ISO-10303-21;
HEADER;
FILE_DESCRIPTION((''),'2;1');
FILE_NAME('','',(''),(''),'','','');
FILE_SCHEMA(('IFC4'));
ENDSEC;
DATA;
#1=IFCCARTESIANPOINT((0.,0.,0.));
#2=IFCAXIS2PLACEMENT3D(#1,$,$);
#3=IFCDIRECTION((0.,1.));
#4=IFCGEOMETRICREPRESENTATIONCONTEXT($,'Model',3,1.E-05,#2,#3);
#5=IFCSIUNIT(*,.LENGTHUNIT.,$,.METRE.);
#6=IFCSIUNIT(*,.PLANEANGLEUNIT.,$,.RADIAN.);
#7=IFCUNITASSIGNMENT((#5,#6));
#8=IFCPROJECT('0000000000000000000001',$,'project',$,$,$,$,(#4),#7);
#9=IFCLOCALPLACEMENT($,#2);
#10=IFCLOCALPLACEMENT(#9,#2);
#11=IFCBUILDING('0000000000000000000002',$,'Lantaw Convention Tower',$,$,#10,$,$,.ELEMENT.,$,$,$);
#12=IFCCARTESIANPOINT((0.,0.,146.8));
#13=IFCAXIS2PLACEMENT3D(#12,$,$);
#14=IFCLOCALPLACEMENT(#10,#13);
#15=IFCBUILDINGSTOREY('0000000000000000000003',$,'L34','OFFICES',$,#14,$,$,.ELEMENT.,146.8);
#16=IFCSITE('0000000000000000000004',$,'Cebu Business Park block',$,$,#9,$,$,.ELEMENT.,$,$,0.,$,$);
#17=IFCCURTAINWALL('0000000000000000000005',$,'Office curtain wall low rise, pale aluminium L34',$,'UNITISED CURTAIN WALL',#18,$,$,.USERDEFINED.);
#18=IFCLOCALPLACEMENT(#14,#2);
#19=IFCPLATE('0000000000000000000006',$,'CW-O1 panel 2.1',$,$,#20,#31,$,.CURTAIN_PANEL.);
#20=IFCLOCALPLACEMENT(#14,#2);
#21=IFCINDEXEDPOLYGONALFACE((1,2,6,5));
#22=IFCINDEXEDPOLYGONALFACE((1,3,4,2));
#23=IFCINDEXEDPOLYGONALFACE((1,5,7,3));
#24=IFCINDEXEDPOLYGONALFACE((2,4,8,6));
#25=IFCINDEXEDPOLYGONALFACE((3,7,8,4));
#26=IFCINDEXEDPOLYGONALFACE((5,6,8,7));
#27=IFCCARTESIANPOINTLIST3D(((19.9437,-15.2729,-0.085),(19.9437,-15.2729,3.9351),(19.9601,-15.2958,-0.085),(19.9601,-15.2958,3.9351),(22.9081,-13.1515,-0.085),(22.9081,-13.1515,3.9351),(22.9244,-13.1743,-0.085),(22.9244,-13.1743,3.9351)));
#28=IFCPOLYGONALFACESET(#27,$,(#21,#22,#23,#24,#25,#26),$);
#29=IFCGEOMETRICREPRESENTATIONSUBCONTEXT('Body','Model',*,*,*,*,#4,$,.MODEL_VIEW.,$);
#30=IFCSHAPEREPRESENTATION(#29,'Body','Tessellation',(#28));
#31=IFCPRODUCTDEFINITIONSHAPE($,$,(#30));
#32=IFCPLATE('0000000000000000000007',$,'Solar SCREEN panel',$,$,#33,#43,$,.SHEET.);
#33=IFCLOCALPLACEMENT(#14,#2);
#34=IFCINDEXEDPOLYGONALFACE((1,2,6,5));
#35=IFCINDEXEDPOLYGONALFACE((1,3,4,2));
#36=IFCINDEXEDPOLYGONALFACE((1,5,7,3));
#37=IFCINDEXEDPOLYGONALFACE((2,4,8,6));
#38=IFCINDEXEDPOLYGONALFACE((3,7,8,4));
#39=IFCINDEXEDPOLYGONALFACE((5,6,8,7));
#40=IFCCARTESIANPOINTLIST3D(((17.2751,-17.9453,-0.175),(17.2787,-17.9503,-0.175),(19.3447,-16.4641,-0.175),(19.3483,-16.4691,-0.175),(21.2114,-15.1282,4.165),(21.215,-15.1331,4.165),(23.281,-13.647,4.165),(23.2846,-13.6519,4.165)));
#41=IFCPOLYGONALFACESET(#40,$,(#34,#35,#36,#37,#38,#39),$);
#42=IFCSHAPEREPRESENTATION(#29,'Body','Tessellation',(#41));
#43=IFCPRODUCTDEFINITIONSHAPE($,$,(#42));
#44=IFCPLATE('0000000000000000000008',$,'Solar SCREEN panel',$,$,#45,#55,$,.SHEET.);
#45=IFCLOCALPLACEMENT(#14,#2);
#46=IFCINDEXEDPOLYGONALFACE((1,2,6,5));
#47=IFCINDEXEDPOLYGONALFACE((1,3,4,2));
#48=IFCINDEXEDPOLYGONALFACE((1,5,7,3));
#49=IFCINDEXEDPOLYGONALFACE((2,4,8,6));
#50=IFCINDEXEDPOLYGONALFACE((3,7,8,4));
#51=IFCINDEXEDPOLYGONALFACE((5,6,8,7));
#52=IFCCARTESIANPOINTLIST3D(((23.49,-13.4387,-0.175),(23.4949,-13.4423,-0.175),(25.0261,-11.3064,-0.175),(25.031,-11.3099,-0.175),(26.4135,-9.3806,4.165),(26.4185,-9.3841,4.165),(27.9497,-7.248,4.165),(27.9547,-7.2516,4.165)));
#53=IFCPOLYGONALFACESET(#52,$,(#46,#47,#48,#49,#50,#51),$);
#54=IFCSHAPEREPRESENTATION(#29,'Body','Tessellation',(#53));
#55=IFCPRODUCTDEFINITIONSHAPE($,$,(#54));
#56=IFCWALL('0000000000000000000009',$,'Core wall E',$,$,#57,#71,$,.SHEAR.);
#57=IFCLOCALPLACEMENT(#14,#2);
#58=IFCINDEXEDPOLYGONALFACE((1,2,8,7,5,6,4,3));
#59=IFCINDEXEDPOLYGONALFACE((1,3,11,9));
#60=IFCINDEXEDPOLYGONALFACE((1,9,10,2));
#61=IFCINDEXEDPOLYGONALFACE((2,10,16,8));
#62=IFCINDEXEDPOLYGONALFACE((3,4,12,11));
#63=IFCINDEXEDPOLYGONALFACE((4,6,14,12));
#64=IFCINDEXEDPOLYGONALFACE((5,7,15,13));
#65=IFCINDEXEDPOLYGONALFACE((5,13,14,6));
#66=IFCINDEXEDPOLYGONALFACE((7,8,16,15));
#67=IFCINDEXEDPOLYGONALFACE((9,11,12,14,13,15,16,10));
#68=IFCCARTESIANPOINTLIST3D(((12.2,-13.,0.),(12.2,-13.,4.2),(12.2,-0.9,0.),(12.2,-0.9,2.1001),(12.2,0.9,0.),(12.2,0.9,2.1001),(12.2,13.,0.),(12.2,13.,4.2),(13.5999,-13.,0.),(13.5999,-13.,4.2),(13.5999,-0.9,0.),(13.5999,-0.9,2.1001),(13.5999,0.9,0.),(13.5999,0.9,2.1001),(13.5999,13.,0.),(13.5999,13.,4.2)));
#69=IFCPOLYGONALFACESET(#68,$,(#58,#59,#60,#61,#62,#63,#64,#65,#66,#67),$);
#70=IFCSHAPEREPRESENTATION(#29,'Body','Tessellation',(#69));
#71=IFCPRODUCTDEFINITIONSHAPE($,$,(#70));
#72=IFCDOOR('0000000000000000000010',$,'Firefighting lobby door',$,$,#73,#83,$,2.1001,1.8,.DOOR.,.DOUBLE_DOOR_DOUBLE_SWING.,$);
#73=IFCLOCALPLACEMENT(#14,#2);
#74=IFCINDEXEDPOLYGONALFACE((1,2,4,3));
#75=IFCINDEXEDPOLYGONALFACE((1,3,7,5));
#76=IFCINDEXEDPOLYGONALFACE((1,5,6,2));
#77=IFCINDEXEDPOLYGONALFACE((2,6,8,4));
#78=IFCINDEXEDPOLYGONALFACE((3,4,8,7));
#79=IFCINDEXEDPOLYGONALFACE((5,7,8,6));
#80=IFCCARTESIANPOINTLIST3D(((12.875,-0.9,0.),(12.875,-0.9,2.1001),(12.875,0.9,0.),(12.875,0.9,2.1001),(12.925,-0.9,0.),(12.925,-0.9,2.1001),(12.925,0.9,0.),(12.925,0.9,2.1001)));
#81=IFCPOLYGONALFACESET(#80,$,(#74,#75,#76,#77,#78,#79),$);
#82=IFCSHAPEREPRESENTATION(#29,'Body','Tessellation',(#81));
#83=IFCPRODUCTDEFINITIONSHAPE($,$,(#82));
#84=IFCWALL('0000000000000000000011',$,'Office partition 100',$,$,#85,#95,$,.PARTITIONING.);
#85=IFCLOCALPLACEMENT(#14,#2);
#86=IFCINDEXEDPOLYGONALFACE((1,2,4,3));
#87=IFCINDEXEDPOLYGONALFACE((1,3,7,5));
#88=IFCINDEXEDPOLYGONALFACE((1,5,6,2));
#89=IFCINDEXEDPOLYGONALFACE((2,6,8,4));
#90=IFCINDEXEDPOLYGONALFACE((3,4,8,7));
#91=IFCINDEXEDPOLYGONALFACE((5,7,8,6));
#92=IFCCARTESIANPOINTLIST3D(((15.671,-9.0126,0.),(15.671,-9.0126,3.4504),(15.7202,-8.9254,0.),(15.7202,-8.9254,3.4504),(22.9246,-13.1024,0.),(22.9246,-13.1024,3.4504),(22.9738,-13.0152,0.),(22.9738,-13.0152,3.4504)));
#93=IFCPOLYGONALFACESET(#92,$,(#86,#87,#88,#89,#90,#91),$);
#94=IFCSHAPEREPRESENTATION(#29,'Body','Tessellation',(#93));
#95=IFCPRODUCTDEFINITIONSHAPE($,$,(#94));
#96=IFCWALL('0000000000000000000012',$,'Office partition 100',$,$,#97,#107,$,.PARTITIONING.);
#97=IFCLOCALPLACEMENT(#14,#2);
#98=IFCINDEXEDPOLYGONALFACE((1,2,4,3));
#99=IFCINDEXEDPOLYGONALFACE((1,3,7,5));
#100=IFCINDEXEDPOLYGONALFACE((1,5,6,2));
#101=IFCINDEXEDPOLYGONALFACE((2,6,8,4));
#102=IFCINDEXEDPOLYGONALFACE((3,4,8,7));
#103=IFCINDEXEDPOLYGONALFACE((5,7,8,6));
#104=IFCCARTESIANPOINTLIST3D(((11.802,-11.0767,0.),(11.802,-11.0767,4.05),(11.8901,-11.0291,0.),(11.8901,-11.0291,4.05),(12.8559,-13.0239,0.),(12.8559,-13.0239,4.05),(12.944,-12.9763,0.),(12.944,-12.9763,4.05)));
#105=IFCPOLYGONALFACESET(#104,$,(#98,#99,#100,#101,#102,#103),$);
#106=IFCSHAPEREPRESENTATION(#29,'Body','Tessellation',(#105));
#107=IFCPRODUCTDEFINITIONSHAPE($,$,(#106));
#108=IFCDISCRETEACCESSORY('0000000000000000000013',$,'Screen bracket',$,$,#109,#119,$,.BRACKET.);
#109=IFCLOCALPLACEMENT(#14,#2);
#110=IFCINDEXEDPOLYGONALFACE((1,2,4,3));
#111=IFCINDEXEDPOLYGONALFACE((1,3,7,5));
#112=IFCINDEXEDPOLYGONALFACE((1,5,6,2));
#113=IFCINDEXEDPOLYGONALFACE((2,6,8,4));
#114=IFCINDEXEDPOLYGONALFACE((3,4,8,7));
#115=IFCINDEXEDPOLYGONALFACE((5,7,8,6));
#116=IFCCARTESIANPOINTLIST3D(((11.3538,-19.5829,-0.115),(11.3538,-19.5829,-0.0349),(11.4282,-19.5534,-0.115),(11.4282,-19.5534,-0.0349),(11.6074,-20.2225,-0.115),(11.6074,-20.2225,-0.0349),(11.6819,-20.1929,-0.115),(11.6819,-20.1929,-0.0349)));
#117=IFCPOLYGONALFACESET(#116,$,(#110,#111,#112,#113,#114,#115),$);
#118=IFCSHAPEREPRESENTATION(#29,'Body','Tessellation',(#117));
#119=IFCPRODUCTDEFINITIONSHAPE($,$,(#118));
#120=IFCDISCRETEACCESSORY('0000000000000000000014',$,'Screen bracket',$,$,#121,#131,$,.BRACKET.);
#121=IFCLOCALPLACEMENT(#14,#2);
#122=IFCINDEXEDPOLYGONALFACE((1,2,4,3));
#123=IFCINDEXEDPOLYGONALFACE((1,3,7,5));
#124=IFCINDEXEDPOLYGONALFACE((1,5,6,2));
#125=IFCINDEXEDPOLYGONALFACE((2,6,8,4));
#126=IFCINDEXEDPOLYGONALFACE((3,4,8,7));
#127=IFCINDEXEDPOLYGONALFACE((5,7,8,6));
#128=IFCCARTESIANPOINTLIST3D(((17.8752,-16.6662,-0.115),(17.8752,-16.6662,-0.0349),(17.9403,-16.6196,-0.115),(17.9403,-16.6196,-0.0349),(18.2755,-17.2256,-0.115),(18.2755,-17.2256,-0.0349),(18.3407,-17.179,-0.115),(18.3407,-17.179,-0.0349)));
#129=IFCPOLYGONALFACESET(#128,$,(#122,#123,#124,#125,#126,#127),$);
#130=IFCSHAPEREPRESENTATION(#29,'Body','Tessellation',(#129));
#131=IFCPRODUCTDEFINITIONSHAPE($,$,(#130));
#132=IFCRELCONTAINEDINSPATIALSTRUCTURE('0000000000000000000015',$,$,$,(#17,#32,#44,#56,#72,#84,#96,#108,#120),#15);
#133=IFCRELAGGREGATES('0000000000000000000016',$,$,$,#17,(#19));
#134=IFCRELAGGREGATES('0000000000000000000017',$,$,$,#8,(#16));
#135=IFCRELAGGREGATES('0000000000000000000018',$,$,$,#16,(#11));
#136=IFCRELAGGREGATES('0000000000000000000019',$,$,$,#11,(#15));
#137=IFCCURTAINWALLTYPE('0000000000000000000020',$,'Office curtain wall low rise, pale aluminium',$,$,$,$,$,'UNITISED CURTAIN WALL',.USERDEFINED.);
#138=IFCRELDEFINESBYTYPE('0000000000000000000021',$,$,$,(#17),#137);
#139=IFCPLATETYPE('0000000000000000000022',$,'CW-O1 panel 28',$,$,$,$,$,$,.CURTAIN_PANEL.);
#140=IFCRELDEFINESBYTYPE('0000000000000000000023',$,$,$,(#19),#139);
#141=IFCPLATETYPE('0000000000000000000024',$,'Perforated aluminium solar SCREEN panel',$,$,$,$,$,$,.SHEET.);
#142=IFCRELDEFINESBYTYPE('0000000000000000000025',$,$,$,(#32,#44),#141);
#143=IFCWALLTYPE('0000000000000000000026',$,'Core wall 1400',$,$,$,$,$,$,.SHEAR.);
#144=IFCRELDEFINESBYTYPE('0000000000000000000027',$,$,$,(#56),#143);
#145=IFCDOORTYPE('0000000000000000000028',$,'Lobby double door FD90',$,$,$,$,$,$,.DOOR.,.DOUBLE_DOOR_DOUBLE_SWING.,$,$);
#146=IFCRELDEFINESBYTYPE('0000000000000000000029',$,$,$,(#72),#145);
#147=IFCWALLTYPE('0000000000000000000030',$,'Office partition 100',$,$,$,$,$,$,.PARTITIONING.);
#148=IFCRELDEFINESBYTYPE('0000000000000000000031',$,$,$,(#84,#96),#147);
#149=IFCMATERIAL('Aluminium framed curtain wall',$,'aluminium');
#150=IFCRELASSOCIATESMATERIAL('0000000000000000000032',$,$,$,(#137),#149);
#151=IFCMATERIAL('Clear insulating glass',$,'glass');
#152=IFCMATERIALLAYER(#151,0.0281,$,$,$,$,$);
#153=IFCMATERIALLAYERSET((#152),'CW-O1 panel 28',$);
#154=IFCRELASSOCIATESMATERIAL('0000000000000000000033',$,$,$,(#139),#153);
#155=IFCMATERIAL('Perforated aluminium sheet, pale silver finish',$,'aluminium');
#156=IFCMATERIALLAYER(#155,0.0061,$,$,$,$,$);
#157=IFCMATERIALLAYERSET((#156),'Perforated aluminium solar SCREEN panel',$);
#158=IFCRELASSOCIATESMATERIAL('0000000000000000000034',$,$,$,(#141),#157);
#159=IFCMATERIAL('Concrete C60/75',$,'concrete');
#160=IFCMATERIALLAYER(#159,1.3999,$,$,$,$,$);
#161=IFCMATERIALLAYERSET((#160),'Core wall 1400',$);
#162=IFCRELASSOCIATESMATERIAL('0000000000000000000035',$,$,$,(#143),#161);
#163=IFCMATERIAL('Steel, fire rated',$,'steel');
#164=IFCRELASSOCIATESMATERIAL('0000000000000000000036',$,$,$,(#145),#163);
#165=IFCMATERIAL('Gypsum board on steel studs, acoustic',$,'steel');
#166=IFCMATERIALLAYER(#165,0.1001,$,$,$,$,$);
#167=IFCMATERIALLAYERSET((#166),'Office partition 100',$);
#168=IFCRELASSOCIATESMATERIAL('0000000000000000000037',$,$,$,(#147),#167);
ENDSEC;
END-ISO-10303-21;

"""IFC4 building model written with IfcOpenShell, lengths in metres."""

from ifc_helpers import new_model, si_unit, direction, frame, frame_2d, origin, origin_2d, place, context, subcontext, project, spatial, polyline, rectangle, outline, extrude, material, layer, layer_set, type_object, element, fill, aggregate, save


model = new_model("IFC4")

# Units and contexts
model_context = context("Model", 3, precision=1e-05, world=origin(), true_north=direction((0.0, 1.0)))
body_context = subcontext(model_context, "Body", "Model", "MODEL_VIEW")
ifc_project = project(units=[si_unit("LENGTHUNIT", "METRE"), si_unit("PLANEANGLEUNIT", "RADIAN")], contexts=[model_context])

# Site, building, storey
site_placement = place(None, origin())
site = spatial("IfcSite", under=ifc_project, at=site_placement, Name="Cebu Business Park block", CompositionType="ELEMENT", RefElevation=0.0)
building_placement = place(site_placement, origin())
building = spatial("IfcBuilding", under=site, at=building_placement, Name="Lantaw Convention Tower", CompositionType="ELEMENT")
storey_placement = place(building_placement, frame((0.0, 0.0, 146.8)))
storey = spatial("IfcBuildingStorey", under=building, at=storey_placement, Name="L34", Description="OFFICES", CompositionType="ELEMENT", Elevation=146.8)

# Shared definitions
ifc_material_1 = material(Name="Concrete C60/75", Category="concrete")

# Curtain wall
ifc_material_2 = material(Name="Aluminium framed curtain wall", Category="aluminium")
curtain_wall_type = type_object("IfcCurtainWallType", Name="Office curtain wall low rise, pale aluminium", ElementType="UNITISED CURTAIN WALL", PredefinedType="USERDEFINED", material=ifc_material_2)
curtain_wall_1_placement = place(storey_placement, origin())
curtain_wall_1 = element("IfcCurtainWall", 1, at=curtain_wall_1_placement, inside=storey, type_object=curtain_wall_type, Name="Office curtain wall low rise, pale aluminium L34", ObjectType="UNITISED CURTAIN WALL", PredefinedType="USERDEFINED")

# Plate
ifc_material_3 = material(Name="Clear insulating glass", Category="glass")
ifc_layer_1 = layer(ifc_material_3, 0.0281)
ifc_layer_set_1 = layer_set([ifc_layer_1], Name="CW-O1 panel 28")
plate_type_1 = type_object("IfcPlateType", Name="CW-O1 panel 28", PredefinedType="CURTAIN_PANEL", material=ifc_layer_set_1)
plate_1_placement = place(storey_placement, frame((21.4341, -14.2236, -0.085), z_axis=(0.0, 0.0, 1.0), x_axis=(0.813208, 0.581973, 0.0)))
plate_1 = element("IfcPlate", 2, at=plate_1_placement, type_object=plate_type_1, Name="CW-O1 panel 2.1", PredefinedType="CURTAIN_PANEL", context=body_context, shape_type="SweptSolid", body=[
    extrude(rectangle(XDim=3.6453, YDim=0.0281, at=origin_2d()), origin(), (0.0, 0.0, 1.0), 4.02),
])
aggregate(curtain_wall_1, [plate_1])

# Plates
ifc_material_4 = material(Name="Perforated aluminium sheet, pale silver finish", Category="aluminium")
ifc_layer_2 = layer(ifc_material_4, 0.0061)
ifc_layer_set_2 = layer_set([ifc_layer_2], Name="Perforated aluminium solar SCREEN panel")
plate_type_2 = type_object("IfcPlateType", Name="Perforated aluminium solar SCREEN panel", PredefinedType="SHEET", material=ifc_layer_set_2)
plate_2_placement = place(storey_placement, frame((17.2751, -17.9453, -0.175), z_axis=(-0.582, 0.813189, 0.000012), x_axis=(0.813189, 0.582, 0.0)))
element("IfcPlate", 3, at=plate_2_placement, inside=storey, type_object=plate_type_2, Name="Solar SCREEN panel", PredefinedType="SHEET", context=body_context, shape_type="SweptSolid", body=[
    extrude(outline(polyline([(0.0, 0.0), (2.545, 0.0), (7.3855, -4.3401), (4.8405, -4.3401), (0.0, 0.0)])), origin(), (0.0, 0.0, -1.0), 0.0061),
])
plate_3_placement = place(storey_placement, frame((23.49, -13.4387, -0.175), z_axis=(-0.811395, 0.584498, 0.000036), x_axis=(0.584498, 0.811395, 0.0)))
element("IfcPlate", 4, at=plate_3_placement, inside=storey, type_object=plate_type_2, Name="Solar SCREEN panel", PredefinedType="SHEET", context=body_context, shape_type="SweptSolid", body=[
    extrude(outline(polyline([(0.0, 0.0), (2.628, 0.0), (7.6298, -4.3401), (5.0016, -4.3401), (0.0, 0.0)])), origin(), (0.0, 0.0, -1.0), 0.0061),
])

# Wall, opening, door
ifc_layer_3 = layer(ifc_material_1, 1.3999)
ifc_layer_set_3 = layer_set([ifc_layer_3], Name="Core wall 1400")
wall_type_1 = type_object("IfcWallType", Name="Core wall 1400", PredefinedType="SHEAR", material=ifc_layer_set_3)
wall_1_placement = place(storey_placement, frame((12.8999, -13.0, 0.0), z_axis=(0.0, 0.0, 1.0), x_axis=(0.0, 1.0, 0.0)))
wall_1 = element("IfcWall", 5, at=wall_1_placement, inside=storey, type_object=wall_type_1, Name="Core wall E", PredefinedType="SHEAR", context=body_context, shape_type="SweptSolid", body=[
    extrude(rectangle(XDim=26.0, YDim=1.3999, at=frame_2d((13.0, 0.0))), origin(), (0.0, 0.0, 1.0), 4.2),
])
opening_placement = place(wall_1_placement, frame((12.1001, 0.0, 0.0)))
opening = element("IfcOpeningElement", 6, at=opening_placement, cuts=wall_1, PredefinedType="OPENING", context=body_context, shape_type="SweptSolid", body=[
    extrude(rectangle(XDim=1.8, YDim=2.1001, at=frame_2d((0.8999, 1.05))), frame((0.0, 0.71, 0.0), z_axis=(0.0, -1.0, 0.0), x_axis=(1.0, 0.0, 0.0)), (0.0, 0.0, 1.0), 1.4199),
])
ifc_material_5 = material(Name="Steel, fire rated", Category="steel")
door_type = type_object("IfcDoorType", Name="Lobby double door FD90", OperationType="DOUBLE_DOOR_DOUBLE_SWING", PredefinedType="DOOR", material=ifc_material_5)
door_placement = place(opening_placement, origin())
door = element("IfcDoor", 7, at=door_placement, inside=storey, type_object=door_type, Name="Firefighting lobby door", OperationType="DOUBLE_DOOR_DOUBLE_SWING", OverallHeight=2.1001, OverallWidth=1.8, PredefinedType="DOOR", context=body_context, shape_type="SweptSolid", body=[
    extrude(rectangle(XDim=1.8, YDim=2.1001, at=frame_2d((0.8999, 1.05))), frame((0.0, 0.0249, 0.0), z_axis=(0.0, -1.0, 0.0), x_axis=(1.0, 0.0, 0.0)), (0.0, 0.0, 1.0), 0.05),
])
fill(opening, door)

# Walls
ifc_material_6 = material(Name="Gypsum board on steel studs, acoustic", Category="steel")
ifc_layer_4 = layer(ifc_material_6, 0.1001)
ifc_layer_set_4 = layer_set([ifc_layer_4], Name="Office partition 100")
wall_type_2 = type_object("IfcWallType", Name="Office partition 100", PredefinedType="PARTITIONING", material=ifc_layer_set_4)
wall_2_placement = place(storey_placement, frame((22.9492, -13.0588, 0.0), z_axis=(0.0, 0.0, 1.0), x_axis=(-0.871079, 0.491142, 0.0)))
element("IfcWall", 8, at=wall_2_placement, inside=storey, type_object=wall_type_2, Name="Office partition 100", PredefinedType="PARTITIONING", context=body_context, shape_type="SweptSolid", body=[
    extrude(rectangle(XDim=8.3271, YDim=0.1001, at=frame_2d((4.1636, 0.0))), origin(), (0.0, 0.0, 1.0), 3.4504),
])
wall_3_placement = place(storey_placement, frame((12.8999, -13.0, 0.0), z_axis=(0.0, 0.0, 1.0), x_axis=(-0.475999, 0.879446, 0.0)))
element("IfcWall", 9, at=wall_3_placement, inside=storey, type_object=wall_type_2, Name="Office partition 100", PredefinedType="PARTITIONING", context=body_context, shape_type="SweptSolid", body=[
    extrude(rectangle(XDim=2.2141, YDim=0.1001, at=frame_2d((1.1069, 0.0))), origin(), (0.0, 0.0, 1.0), 4.05),
])

# Discrete accessories
for number, where, z_axis, x_axis, name in (
    (10, (11.5178, -19.8879, -0.115), (0.0, 0.0, 1.0), (0.929548, 0.368702, 0.0), "Screen bracket"),
    (11, (18.1079, -16.9226, -0.115), (0.0, 0.0, 1.0), (0.813208, 0.581973, 0.0), "Screen bracket"),
):
    element("IfcDiscreteAccessory", number, at=place(storey_placement, frame(where, z_axis=z_axis, x_axis=x_axis)), inside=storey, Name=name, PredefinedType="BRACKET", context=body_context, shape_type="SweptSolid", body=[
        extrude(rectangle(XDim=0.0801, YDim=0.688, at=origin_2d()), origin(), (0.0, 0.0, 1.0), 0.0801),
    ])

save(model, "model.ifc")
